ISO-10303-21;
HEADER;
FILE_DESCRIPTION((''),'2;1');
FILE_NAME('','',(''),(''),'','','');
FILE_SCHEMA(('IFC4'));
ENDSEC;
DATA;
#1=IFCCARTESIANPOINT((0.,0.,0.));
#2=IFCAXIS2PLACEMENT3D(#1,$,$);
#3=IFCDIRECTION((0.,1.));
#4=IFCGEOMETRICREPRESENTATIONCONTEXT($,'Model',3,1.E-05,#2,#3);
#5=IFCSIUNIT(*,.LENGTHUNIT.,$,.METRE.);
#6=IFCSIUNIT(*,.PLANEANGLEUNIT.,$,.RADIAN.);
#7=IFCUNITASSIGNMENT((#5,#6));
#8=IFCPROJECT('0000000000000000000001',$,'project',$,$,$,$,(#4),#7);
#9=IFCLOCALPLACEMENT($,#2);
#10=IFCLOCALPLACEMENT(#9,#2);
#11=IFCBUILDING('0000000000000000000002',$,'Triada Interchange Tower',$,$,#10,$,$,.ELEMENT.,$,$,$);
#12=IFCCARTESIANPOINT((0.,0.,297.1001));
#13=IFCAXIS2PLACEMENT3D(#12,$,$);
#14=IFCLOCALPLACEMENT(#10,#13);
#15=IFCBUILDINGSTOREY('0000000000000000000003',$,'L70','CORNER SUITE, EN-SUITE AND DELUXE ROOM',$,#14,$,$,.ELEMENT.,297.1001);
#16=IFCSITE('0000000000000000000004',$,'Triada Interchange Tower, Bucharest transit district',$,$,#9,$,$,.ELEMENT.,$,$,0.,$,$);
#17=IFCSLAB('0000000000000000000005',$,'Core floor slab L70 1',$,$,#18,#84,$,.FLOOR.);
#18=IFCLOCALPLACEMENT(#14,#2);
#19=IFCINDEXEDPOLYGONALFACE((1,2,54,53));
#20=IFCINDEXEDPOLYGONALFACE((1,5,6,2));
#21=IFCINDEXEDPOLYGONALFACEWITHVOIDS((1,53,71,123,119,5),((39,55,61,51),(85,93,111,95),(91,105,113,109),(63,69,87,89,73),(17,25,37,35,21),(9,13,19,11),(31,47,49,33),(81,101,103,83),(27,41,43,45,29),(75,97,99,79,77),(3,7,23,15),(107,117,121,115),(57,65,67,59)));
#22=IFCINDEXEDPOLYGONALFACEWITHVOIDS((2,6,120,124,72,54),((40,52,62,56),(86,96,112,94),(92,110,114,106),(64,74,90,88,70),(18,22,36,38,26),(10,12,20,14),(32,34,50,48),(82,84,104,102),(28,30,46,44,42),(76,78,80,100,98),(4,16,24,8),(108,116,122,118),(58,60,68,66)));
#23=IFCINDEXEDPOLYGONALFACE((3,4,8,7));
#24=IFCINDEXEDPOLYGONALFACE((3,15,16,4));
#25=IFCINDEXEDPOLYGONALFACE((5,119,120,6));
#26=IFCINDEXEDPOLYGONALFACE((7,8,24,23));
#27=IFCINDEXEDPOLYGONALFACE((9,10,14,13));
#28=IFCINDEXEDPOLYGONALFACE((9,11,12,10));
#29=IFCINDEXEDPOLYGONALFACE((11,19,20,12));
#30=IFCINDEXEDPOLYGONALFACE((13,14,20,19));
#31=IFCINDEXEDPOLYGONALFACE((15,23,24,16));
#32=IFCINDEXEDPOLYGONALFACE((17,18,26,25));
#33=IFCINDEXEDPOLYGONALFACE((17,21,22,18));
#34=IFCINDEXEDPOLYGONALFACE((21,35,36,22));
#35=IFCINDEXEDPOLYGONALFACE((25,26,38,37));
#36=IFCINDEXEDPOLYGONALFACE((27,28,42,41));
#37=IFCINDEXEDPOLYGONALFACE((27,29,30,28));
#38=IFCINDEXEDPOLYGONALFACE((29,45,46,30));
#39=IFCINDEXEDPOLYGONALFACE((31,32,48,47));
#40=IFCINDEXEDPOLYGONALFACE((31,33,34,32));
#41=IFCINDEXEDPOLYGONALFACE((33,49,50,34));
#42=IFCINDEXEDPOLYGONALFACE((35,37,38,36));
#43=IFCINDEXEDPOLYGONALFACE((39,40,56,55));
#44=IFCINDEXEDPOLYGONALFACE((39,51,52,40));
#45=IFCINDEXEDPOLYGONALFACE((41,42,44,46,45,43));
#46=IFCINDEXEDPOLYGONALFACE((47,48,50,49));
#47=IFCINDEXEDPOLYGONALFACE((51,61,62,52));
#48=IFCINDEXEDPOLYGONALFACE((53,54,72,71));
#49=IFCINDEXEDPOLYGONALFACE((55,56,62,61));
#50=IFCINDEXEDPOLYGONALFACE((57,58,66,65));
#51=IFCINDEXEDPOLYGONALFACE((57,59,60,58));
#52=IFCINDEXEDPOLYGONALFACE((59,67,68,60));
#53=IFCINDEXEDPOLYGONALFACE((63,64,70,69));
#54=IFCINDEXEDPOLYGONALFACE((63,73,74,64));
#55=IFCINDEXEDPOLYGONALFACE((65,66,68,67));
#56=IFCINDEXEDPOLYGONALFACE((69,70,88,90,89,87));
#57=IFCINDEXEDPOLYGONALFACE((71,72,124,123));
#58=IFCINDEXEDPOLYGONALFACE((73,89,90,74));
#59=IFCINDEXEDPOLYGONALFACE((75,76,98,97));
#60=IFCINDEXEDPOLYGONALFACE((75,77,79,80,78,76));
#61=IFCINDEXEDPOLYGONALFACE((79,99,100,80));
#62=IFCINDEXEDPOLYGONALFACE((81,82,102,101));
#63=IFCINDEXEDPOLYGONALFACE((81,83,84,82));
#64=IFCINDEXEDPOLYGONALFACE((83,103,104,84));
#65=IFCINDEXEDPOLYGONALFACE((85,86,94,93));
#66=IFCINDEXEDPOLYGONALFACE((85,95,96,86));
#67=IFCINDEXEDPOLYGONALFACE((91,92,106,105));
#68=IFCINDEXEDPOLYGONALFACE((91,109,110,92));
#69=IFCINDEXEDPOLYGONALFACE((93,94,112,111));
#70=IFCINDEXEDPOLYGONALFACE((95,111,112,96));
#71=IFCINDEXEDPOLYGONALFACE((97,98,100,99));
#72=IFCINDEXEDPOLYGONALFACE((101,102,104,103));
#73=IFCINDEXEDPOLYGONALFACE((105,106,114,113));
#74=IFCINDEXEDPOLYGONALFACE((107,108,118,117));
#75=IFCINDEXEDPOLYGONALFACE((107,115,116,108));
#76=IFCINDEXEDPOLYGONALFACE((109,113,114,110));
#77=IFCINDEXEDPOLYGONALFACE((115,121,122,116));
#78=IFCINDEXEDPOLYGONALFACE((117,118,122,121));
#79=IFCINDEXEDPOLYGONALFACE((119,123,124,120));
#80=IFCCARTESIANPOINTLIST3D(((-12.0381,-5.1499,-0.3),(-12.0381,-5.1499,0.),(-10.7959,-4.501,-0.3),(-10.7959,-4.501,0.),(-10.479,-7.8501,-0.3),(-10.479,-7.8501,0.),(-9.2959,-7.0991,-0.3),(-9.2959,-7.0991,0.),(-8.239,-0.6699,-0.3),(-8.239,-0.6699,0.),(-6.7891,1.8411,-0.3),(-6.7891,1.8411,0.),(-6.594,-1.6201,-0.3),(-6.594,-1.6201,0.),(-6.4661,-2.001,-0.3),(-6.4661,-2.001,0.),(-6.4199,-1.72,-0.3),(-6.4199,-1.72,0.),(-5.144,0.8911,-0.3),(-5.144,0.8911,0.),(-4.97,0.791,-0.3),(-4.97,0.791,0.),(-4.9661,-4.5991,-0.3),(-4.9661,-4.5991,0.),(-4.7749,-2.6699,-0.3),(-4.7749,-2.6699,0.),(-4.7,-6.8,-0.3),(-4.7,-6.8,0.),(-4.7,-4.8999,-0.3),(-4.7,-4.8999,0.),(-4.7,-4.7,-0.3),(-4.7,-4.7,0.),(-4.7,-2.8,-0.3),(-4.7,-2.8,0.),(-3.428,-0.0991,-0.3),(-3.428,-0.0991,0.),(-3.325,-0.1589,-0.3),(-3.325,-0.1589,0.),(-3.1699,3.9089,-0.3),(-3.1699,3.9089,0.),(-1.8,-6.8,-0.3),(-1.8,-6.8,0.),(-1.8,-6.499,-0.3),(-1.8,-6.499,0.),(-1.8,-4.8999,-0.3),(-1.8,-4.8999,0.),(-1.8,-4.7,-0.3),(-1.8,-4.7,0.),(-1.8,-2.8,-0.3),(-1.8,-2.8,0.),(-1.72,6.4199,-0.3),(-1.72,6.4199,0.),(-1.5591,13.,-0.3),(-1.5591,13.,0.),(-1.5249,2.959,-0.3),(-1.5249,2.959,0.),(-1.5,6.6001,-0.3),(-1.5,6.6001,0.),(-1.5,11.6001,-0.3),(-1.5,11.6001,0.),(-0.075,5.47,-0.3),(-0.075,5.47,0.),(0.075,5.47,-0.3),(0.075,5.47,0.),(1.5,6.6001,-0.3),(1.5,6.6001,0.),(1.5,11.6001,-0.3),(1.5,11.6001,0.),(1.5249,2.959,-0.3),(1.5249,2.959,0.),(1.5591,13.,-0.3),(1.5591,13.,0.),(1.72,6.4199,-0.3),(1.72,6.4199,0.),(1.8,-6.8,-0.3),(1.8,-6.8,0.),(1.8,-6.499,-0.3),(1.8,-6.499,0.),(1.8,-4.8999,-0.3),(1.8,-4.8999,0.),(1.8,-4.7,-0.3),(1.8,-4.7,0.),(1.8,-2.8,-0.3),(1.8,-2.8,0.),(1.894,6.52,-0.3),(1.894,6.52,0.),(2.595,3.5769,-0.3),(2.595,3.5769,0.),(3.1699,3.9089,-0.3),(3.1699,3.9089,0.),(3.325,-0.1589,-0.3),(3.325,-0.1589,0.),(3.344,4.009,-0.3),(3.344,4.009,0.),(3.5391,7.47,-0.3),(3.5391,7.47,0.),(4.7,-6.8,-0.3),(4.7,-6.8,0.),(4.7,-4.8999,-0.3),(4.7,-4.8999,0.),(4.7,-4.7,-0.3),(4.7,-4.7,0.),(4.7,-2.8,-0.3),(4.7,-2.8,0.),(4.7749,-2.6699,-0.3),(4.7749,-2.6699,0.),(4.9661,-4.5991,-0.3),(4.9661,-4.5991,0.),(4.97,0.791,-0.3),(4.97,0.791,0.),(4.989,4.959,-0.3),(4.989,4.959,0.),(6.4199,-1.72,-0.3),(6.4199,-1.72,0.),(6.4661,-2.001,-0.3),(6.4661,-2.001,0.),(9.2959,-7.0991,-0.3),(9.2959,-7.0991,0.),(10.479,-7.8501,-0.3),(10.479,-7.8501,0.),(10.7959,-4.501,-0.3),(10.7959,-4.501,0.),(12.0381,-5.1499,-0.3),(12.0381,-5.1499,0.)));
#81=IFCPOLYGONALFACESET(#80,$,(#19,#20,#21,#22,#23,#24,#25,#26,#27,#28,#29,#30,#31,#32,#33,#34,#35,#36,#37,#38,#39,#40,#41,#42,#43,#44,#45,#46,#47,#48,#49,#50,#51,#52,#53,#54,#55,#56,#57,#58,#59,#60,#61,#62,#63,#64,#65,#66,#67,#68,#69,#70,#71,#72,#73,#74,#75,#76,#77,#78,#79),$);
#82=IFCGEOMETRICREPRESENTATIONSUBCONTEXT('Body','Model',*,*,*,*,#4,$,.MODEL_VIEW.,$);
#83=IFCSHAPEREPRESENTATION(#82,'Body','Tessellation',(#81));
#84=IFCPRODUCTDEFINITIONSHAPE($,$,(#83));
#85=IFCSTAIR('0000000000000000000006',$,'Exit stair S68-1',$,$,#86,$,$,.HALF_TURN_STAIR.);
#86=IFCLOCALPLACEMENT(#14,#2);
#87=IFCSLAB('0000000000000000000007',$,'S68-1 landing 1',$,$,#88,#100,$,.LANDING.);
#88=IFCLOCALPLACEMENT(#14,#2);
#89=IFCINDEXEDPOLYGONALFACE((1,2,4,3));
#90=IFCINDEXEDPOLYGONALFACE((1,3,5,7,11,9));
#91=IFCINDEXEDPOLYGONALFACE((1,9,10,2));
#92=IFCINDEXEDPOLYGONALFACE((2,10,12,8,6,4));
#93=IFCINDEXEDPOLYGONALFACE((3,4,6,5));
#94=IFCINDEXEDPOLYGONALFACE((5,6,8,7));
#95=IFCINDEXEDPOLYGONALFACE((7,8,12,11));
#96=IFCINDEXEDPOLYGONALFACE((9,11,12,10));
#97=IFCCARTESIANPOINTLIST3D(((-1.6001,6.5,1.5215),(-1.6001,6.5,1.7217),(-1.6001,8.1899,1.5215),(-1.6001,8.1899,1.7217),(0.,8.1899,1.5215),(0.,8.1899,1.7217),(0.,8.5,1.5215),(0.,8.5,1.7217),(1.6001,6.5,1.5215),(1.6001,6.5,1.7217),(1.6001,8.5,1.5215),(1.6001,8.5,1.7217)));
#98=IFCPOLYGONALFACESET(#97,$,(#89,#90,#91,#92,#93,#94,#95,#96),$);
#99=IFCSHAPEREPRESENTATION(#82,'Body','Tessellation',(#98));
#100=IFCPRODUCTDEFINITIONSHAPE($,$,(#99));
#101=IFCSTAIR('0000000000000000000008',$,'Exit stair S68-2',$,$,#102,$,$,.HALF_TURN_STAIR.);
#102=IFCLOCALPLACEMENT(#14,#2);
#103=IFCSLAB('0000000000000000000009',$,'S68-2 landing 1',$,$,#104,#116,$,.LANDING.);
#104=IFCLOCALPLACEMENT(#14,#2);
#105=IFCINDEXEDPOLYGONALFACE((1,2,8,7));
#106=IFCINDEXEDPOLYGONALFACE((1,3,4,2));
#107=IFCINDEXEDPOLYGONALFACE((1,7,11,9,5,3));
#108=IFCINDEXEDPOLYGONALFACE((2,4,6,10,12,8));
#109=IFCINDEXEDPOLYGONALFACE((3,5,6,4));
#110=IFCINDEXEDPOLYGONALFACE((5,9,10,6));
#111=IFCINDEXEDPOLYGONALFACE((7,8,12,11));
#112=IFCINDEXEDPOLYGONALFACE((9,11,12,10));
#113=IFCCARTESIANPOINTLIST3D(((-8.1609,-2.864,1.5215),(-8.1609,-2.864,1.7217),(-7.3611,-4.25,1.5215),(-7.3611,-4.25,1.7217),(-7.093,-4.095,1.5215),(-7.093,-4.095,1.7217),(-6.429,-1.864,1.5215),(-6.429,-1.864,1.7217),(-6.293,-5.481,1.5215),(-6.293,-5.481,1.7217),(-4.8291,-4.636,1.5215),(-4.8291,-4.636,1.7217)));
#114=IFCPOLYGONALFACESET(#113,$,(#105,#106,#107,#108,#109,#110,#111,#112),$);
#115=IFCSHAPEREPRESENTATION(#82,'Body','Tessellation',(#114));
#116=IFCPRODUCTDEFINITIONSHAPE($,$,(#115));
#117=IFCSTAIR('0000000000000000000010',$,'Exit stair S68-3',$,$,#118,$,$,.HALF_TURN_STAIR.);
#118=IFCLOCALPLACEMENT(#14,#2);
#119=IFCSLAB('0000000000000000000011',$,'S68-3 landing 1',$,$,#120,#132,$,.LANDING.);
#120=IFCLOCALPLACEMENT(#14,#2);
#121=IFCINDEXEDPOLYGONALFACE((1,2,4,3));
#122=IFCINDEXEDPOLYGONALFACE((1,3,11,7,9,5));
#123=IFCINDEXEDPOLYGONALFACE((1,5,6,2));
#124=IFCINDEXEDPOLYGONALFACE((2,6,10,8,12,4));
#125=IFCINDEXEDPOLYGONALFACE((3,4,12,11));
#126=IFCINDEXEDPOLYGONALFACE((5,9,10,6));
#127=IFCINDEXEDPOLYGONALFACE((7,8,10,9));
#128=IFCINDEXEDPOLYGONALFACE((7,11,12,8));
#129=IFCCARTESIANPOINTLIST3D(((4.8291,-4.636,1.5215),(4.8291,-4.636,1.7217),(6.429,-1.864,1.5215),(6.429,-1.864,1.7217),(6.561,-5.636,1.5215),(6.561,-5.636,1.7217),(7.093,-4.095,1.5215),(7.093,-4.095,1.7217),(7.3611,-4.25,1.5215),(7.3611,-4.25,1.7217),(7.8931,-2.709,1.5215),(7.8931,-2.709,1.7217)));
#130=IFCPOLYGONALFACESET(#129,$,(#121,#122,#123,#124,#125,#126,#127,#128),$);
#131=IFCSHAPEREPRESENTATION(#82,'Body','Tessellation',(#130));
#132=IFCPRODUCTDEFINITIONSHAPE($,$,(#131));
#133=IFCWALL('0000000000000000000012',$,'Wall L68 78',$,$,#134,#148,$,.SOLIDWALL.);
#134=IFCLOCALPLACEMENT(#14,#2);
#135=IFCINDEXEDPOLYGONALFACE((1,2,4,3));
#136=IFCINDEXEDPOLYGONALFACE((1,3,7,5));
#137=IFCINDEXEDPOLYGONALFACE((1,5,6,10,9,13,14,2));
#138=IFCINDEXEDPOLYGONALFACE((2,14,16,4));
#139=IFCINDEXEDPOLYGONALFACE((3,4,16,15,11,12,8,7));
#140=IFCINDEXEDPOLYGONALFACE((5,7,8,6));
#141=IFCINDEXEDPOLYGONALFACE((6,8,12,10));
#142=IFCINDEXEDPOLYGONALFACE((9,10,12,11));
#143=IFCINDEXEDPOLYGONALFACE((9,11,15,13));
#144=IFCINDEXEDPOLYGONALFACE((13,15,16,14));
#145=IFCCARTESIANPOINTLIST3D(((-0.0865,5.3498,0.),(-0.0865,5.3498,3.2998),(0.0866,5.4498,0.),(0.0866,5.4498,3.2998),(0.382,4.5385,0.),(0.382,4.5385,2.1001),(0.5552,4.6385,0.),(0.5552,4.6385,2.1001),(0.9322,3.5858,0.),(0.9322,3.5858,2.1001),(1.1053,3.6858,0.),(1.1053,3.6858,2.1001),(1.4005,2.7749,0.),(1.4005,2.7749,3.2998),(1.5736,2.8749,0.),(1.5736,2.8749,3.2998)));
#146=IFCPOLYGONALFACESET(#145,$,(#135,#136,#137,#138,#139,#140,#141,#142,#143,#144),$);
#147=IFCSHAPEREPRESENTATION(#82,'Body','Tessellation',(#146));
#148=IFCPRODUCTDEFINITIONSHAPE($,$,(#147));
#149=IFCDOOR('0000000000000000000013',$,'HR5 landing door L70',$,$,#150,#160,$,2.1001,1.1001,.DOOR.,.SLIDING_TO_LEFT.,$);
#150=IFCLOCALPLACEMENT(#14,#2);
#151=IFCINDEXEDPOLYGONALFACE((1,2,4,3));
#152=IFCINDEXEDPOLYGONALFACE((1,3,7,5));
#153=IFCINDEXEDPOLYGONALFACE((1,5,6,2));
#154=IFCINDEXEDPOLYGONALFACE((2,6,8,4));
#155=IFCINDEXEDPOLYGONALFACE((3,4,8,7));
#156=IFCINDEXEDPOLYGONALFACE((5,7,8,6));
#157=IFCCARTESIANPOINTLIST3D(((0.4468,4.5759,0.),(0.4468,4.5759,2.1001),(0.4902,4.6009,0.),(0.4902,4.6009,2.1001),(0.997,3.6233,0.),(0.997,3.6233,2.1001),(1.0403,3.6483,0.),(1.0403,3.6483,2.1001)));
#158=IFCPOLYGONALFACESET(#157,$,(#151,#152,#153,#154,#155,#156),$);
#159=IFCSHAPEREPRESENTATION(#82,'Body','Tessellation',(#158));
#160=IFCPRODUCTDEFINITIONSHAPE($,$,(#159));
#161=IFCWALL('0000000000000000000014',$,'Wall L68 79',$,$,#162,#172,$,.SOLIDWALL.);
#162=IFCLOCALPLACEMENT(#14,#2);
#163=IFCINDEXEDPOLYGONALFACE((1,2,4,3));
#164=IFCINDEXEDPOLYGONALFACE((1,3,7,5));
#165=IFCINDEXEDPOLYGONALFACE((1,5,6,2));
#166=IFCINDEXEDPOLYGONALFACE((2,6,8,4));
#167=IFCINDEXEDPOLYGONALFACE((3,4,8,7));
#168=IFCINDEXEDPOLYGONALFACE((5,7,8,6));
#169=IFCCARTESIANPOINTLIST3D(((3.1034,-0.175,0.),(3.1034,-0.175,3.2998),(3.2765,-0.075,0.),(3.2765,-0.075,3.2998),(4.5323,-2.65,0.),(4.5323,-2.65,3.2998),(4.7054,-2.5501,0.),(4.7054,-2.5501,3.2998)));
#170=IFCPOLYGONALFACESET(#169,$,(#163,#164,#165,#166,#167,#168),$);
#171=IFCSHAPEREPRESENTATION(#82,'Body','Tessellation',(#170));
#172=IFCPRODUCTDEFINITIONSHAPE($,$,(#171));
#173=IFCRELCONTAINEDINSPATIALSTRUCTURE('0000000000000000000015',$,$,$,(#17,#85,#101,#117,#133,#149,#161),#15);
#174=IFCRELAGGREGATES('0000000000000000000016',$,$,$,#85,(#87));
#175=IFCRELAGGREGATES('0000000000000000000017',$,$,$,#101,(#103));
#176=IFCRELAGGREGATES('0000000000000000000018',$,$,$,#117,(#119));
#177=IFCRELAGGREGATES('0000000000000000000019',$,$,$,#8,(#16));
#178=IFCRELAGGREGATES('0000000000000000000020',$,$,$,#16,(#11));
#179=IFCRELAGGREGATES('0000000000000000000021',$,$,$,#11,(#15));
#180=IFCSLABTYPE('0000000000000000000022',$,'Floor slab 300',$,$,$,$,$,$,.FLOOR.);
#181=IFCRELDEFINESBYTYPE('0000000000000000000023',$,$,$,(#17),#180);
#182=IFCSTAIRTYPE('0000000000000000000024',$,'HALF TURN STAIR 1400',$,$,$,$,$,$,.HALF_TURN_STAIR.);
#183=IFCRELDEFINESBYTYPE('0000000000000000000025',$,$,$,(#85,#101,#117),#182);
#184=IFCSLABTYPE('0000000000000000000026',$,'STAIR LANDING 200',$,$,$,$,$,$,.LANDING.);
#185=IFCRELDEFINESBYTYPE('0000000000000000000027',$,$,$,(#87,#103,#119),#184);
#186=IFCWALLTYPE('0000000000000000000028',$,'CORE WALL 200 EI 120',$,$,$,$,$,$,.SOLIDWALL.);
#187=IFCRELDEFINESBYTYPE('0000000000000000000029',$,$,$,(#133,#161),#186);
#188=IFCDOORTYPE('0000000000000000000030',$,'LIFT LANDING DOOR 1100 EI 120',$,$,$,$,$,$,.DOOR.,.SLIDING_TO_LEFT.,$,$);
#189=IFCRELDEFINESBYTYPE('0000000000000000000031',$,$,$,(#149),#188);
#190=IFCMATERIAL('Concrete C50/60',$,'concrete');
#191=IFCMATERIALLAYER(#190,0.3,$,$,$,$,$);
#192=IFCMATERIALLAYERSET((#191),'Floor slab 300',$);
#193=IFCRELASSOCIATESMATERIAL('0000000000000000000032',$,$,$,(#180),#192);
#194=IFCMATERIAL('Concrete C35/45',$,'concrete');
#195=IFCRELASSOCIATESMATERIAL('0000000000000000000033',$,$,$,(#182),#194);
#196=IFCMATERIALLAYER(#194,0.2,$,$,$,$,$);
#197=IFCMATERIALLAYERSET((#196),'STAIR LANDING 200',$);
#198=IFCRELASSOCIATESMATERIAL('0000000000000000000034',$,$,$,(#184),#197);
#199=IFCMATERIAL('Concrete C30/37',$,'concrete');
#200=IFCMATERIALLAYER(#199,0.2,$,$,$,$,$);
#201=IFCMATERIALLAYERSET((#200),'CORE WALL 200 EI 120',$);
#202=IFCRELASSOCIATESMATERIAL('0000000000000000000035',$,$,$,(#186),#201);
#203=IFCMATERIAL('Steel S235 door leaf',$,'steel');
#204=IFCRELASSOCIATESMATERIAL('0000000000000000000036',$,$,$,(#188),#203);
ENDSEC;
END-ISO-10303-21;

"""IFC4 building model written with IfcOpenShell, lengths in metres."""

from ifc_helpers import new_model, si_unit, direction, frame, frame_2d, origin, place, context, subcontext, project, spatial, polyline, rectangle, outline, extrude, material, layer, layer_set, type_object, element, fill, aggregate, save


model = new_model("IFC4")

# Units and contexts
model_context = context("Model", 3, precision=1e-05, world=origin(), true_north=direction((0.0, 1.0)))
body_context = subcontext(model_context, "Body", "Model", "MODEL_VIEW")
ifc_project = project(units=[si_unit("LENGTHUNIT", "METRE"), si_unit("PLANEANGLEUNIT", "RADIAN")], contexts=[model_context])

# Site, building, storey
site_placement = place(None, origin())
site = spatial("IfcSite", under=ifc_project, at=site_placement, Name="Triada Interchange Tower, Bucharest transit district", CompositionType="ELEMENT", RefElevation=0.0)
building_placement = place(site_placement, origin())
building = spatial("IfcBuilding", under=site, at=building_placement, Name="Triada Interchange Tower", CompositionType="ELEMENT")
storey_placement = place(building_placement, frame((0.0, 0.0, 297.1001)))
storey = spatial("IfcBuildingStorey", under=building, at=storey_placement, Name="L70", Description="CORNER SUITE, EN-SUITE AND DELUXE ROOM", CompositionType="ELEMENT", Elevation=297.1001)

# Slab
ifc_material_1 = material(Name="Concrete C50/60", Category="concrete")
ifc_layer_1 = layer(ifc_material_1, 0.3)
ifc_layer_set_1 = layer_set([ifc_layer_1], Name="Floor slab 300")
slab_type_1 = type_object("IfcSlabType", Name="Floor slab 300", PredefinedType="FLOOR", material=ifc_layer_set_1)
slab_1_placement = place(storey_placement, frame((0.0, 0.0, -0.3)))
element("IfcSlab", 1, at=slab_1_placement, inside=storey, type_object=slab_type_1, Name="Core floor slab L70 1", PredefinedType="FLOOR", context=body_context, shape_type="SweptSolid", body=[
    extrude(outline(polyline([(12.0381, -5.1499), (10.479, -7.8501), (-10.479, -7.8501), (-12.0381, -5.1499), (-1.5591, 13.0), (1.5591, 13.0), (12.0381, -5.1499)]), holes=[polyline([(9.2959, -7.0991), (10.7959, -4.501), (6.4661, -2.001), (4.9661, -4.5991), (9.2959, -7.0991)]), polyline([(4.97, 0.791), (3.325, -0.1589), (4.7749, -2.6699), (6.4199, -1.72), (4.97, 0.791)]), polyline([(1.894, 6.52), (3.344, 4.009), (4.989, 4.959), (3.5391, 7.47), (1.894, 6.52)]), polyline([(1.8, -4.8999), (1.8, -6.499), (1.8, -6.8), (4.7, -6.8), (4.7, -4.8999), (1.8, -4.8999)]), polyline([(4.7, -2.8), (1.8, -2.8), (1.8, -4.7), (4.7, -4.7), (4.7, -2.8)]), polyline([(1.5249, 2.959), (2.595, 3.5769), (3.1699, 3.9089), (1.72, 6.4199), (0.075, 5.47), (1.5249, 2.959)]), polyline([(-1.5, 11.6001), (-1.5, 6.6001), (1.5, 6.6001), (1.5, 11.6001), (-1.5, 11.6001)]), polyline([(-1.5249, 2.959), (-0.075, 5.47), (-1.72, 6.4199), (-3.1699, 3.9089), (-1.5249, 2.959)]), polyline([(-1.8, -2.8), (-4.7, -2.8), (-4.7, -4.7), (-1.8, -4.7), (-1.8, -2.8)]), polyline([(-4.7, -6.8), (-1.8, -6.8), (-1.8, -6.499), (-1.8, -4.8999), (-4.7, -4.8999), (-4.7, -6.8)]), polyline([(-3.428, -0.0991), (-4.97, 0.791), (-6.4199, -1.72), (-4.7749, -2.6699), (-3.325, -0.1589), (-3.428, -0.0991)]), polyline([(-10.7959, -4.501), (-9.2959, -7.0991), (-4.9661, -4.5991), (-6.4661, -2.001), (-10.7959, -4.501)]), polyline([(-6.594, -1.6201), (-5.144, 0.8911), (-6.7891, 1.8411), (-8.239, -0.6699), (-6.594, -1.6201)])]), origin(), (0.0, 0.0, 1.0), 0.3),
])

# Stairs, slabs
ifc_material_2 = material(Name="Concrete C35/45", Category="concrete")
stair_type = type_object("IfcStairType", Name="HALF TURN STAIR 1400", PredefinedType="HALF_TURN_STAIR", material=ifc_material_2)
stair_1_placement = place(storey_placement, origin())
stair_1 = element("IfcStair", 2, at=stair_1_placement, inside=storey, type_object=stair_type, Name="Exit stair S68-1", PredefinedType="HALF_TURN_STAIR")
ifc_layer_2 = layer(ifc_material_2, 0.2)
ifc_layer_set_2 = layer_set([ifc_layer_2], Name="STAIR LANDING 200")
slab_type_2 = type_object("IfcSlabType", Name="STAIR LANDING 200", PredefinedType="LANDING", material=ifc_layer_set_2)
slab_2_placement = place(storey_placement, frame((0.0, 0.0, 1.5215)))
slab_2 = element("IfcSlab", 3, at=slab_2_placement, type_object=slab_type_2, Name="S68-1 landing 1", PredefinedType="LANDING", context=body_context, shape_type="SweptSolid", body=[
    extrude(outline(polyline([(1.6001, 6.5), (1.6001, 8.5), (0.0, 8.5), (0.0, 8.1899), (-1.6001, 8.1899), (-1.6001, 6.5), (1.6001, 6.5)])), origin(), (0.0, 0.0, 1.0), 0.2002),
])
aggregate(stair_1, [slab_2])
stair_2_placement = place(storey_placement, origin())
stair_2 = element("IfcStair", 4, at=stair_2_placement, inside=storey, type_object=stair_type, Name="Exit stair S68-2", PredefinedType="HALF_TURN_STAIR")
slab_3_placement = place(storey_placement, frame((0.0, 0.0, 1.5215)))
slab_3 = element("IfcSlab", 5, at=slab_3_placement, type_object=slab_type_2, Name="S68-2 landing 1", PredefinedType="LANDING", context=body_context, shape_type="SweptSolid", body=[
    extrude(outline(polyline([(-6.429, -1.864), (-8.1609, -2.864), (-7.3611, -4.25), (-7.093, -4.095), (-6.293, -5.481), (-4.8291, -4.636), (-6.429, -1.864)])), origin(), (0.0, 0.0, 1.0), 0.2002),
])
aggregate(stair_2, [slab_3])
stair_3_placement = place(storey_placement, origin())
stair_3 = element("IfcStair", 6, at=stair_3_placement, inside=storey, type_object=stair_type, Name="Exit stair S68-3", PredefinedType="HALF_TURN_STAIR")
slab_4_placement = place(storey_placement, frame((0.0, 0.0, 1.5215)))
slab_4 = element("IfcSlab", 7, at=slab_4_placement, type_object=slab_type_2, Name="S68-3 landing 1", PredefinedType="LANDING", context=body_context, shape_type="SweptSolid", body=[
    extrude(outline(polyline([(4.8291, -4.636), (6.561, -5.636), (7.3611, -4.25), (7.093, -4.095), (7.8931, -2.709), (6.429, -1.864), (4.8291, -4.636)])), origin(), (0.0, 0.0, 1.0), 0.2002),
])
aggregate(stair_3, [slab_4])

# Wall, opening, door
ifc_material_3 = material(Name="Concrete C30/37", Category="concrete")
ifc_layer_3 = layer(ifc_material_3, 0.2)
ifc_layer_set_3 = layer_set([ifc_layer_3], Name="CORE WALL 200 EI 120")
wall_type_1 = type_object("IfcWallType", Name="CORE WALL 200 EI 120", PredefinedType="SOLIDWALL", material=ifc_layer_set_3)
wall_1_placement = place(storey_placement, frame((0.0, 5.3999, 0.0), z_axis=(0.0, 0.0, 1.0), x_axis=(0.500104, -0.865965, 0.0)))
wall_1 = element("IfcWall", 8, at=wall_1_placement, inside=storey, type_object=wall_type_1, Name="Wall L68 78", PredefinedType="SOLIDWALL", context=body_context, shape_type="SweptSolid", body=[
    extrude(rectangle(XDim=2.9734, YDim=0.2, at=frame_2d((1.4868, 0.0))), origin(), (0.0, 0.0, 1.0), 3.2998),
])
opening_1_placement = place(wall_1_placement, frame((0.937, 0.0, 0.0)))
opening_1 = element("IfcOpeningElement", 9, at=opening_1_placement, cuts=wall_1, PredefinedType="OPENING", context=body_context, shape_type="SweptSolid", body=[
    extrude(rectangle(XDim=1.1001, YDim=2.1001, at=frame_2d((0.55, 1.05))), frame((0.0, 0.1099, 0.0), z_axis=(0.0, -1.0, 0.0), x_axis=(1.0, 0.0, 0.0)), (0.0, 0.0, 1.0), 0.22),
])
ifc_material_4 = material(Name="Steel S235 door leaf", Category="steel")
door_type_1 = type_object("IfcDoorType", Name="LIFT LANDING DOOR 1100 EI 120", OperationType="SLIDING_TO_LEFT", PredefinedType="DOOR", material=ifc_material_4)
door_1_placement = place(opening_1_placement, origin())
door_1 = element("IfcDoor", 10, at=door_1_placement, inside=storey, type_object=door_type_1, Name="HR5 landing door L70", OperationType="SLIDING_TO_LEFT", OverallHeight=2.1001, OverallWidth=1.1001, PredefinedType="DOOR", context=body_context, shape_type="SweptSolid", body=[
    extrude(rectangle(XDim=1.1001, YDim=2.1001, at=frame_2d((0.55, 1.05))), frame((0.0, 0.0249, 0.0), z_axis=(0.0, -1.0, 0.0), x_axis=(1.0, 0.0, 0.0)), (0.0, 0.0, 1.0), 0.05),
])
fill(opening_1, door_1)

# Wall
wall_2_placement = place(storey_placement, frame((3.1899, -0.125, 0.0), z_axis=(0.0, 0.0, 1.0), x_axis=(0.499989, -0.866032, 0.0)))
element("IfcWall", 11, at=wall_2_placement, inside=storey, type_object=wall_type_1, Name="Wall L68 79", PredefinedType="SOLIDWALL", context=body_context, shape_type="SweptSolid", body=[
    extrude(rectangle(XDim=2.8579, YDim=0.2, at=frame_2d((1.429, 0.0))), origin(), (0.0, 0.0, 1.0), 3.2998),
])

save(model, "model.ifc")
